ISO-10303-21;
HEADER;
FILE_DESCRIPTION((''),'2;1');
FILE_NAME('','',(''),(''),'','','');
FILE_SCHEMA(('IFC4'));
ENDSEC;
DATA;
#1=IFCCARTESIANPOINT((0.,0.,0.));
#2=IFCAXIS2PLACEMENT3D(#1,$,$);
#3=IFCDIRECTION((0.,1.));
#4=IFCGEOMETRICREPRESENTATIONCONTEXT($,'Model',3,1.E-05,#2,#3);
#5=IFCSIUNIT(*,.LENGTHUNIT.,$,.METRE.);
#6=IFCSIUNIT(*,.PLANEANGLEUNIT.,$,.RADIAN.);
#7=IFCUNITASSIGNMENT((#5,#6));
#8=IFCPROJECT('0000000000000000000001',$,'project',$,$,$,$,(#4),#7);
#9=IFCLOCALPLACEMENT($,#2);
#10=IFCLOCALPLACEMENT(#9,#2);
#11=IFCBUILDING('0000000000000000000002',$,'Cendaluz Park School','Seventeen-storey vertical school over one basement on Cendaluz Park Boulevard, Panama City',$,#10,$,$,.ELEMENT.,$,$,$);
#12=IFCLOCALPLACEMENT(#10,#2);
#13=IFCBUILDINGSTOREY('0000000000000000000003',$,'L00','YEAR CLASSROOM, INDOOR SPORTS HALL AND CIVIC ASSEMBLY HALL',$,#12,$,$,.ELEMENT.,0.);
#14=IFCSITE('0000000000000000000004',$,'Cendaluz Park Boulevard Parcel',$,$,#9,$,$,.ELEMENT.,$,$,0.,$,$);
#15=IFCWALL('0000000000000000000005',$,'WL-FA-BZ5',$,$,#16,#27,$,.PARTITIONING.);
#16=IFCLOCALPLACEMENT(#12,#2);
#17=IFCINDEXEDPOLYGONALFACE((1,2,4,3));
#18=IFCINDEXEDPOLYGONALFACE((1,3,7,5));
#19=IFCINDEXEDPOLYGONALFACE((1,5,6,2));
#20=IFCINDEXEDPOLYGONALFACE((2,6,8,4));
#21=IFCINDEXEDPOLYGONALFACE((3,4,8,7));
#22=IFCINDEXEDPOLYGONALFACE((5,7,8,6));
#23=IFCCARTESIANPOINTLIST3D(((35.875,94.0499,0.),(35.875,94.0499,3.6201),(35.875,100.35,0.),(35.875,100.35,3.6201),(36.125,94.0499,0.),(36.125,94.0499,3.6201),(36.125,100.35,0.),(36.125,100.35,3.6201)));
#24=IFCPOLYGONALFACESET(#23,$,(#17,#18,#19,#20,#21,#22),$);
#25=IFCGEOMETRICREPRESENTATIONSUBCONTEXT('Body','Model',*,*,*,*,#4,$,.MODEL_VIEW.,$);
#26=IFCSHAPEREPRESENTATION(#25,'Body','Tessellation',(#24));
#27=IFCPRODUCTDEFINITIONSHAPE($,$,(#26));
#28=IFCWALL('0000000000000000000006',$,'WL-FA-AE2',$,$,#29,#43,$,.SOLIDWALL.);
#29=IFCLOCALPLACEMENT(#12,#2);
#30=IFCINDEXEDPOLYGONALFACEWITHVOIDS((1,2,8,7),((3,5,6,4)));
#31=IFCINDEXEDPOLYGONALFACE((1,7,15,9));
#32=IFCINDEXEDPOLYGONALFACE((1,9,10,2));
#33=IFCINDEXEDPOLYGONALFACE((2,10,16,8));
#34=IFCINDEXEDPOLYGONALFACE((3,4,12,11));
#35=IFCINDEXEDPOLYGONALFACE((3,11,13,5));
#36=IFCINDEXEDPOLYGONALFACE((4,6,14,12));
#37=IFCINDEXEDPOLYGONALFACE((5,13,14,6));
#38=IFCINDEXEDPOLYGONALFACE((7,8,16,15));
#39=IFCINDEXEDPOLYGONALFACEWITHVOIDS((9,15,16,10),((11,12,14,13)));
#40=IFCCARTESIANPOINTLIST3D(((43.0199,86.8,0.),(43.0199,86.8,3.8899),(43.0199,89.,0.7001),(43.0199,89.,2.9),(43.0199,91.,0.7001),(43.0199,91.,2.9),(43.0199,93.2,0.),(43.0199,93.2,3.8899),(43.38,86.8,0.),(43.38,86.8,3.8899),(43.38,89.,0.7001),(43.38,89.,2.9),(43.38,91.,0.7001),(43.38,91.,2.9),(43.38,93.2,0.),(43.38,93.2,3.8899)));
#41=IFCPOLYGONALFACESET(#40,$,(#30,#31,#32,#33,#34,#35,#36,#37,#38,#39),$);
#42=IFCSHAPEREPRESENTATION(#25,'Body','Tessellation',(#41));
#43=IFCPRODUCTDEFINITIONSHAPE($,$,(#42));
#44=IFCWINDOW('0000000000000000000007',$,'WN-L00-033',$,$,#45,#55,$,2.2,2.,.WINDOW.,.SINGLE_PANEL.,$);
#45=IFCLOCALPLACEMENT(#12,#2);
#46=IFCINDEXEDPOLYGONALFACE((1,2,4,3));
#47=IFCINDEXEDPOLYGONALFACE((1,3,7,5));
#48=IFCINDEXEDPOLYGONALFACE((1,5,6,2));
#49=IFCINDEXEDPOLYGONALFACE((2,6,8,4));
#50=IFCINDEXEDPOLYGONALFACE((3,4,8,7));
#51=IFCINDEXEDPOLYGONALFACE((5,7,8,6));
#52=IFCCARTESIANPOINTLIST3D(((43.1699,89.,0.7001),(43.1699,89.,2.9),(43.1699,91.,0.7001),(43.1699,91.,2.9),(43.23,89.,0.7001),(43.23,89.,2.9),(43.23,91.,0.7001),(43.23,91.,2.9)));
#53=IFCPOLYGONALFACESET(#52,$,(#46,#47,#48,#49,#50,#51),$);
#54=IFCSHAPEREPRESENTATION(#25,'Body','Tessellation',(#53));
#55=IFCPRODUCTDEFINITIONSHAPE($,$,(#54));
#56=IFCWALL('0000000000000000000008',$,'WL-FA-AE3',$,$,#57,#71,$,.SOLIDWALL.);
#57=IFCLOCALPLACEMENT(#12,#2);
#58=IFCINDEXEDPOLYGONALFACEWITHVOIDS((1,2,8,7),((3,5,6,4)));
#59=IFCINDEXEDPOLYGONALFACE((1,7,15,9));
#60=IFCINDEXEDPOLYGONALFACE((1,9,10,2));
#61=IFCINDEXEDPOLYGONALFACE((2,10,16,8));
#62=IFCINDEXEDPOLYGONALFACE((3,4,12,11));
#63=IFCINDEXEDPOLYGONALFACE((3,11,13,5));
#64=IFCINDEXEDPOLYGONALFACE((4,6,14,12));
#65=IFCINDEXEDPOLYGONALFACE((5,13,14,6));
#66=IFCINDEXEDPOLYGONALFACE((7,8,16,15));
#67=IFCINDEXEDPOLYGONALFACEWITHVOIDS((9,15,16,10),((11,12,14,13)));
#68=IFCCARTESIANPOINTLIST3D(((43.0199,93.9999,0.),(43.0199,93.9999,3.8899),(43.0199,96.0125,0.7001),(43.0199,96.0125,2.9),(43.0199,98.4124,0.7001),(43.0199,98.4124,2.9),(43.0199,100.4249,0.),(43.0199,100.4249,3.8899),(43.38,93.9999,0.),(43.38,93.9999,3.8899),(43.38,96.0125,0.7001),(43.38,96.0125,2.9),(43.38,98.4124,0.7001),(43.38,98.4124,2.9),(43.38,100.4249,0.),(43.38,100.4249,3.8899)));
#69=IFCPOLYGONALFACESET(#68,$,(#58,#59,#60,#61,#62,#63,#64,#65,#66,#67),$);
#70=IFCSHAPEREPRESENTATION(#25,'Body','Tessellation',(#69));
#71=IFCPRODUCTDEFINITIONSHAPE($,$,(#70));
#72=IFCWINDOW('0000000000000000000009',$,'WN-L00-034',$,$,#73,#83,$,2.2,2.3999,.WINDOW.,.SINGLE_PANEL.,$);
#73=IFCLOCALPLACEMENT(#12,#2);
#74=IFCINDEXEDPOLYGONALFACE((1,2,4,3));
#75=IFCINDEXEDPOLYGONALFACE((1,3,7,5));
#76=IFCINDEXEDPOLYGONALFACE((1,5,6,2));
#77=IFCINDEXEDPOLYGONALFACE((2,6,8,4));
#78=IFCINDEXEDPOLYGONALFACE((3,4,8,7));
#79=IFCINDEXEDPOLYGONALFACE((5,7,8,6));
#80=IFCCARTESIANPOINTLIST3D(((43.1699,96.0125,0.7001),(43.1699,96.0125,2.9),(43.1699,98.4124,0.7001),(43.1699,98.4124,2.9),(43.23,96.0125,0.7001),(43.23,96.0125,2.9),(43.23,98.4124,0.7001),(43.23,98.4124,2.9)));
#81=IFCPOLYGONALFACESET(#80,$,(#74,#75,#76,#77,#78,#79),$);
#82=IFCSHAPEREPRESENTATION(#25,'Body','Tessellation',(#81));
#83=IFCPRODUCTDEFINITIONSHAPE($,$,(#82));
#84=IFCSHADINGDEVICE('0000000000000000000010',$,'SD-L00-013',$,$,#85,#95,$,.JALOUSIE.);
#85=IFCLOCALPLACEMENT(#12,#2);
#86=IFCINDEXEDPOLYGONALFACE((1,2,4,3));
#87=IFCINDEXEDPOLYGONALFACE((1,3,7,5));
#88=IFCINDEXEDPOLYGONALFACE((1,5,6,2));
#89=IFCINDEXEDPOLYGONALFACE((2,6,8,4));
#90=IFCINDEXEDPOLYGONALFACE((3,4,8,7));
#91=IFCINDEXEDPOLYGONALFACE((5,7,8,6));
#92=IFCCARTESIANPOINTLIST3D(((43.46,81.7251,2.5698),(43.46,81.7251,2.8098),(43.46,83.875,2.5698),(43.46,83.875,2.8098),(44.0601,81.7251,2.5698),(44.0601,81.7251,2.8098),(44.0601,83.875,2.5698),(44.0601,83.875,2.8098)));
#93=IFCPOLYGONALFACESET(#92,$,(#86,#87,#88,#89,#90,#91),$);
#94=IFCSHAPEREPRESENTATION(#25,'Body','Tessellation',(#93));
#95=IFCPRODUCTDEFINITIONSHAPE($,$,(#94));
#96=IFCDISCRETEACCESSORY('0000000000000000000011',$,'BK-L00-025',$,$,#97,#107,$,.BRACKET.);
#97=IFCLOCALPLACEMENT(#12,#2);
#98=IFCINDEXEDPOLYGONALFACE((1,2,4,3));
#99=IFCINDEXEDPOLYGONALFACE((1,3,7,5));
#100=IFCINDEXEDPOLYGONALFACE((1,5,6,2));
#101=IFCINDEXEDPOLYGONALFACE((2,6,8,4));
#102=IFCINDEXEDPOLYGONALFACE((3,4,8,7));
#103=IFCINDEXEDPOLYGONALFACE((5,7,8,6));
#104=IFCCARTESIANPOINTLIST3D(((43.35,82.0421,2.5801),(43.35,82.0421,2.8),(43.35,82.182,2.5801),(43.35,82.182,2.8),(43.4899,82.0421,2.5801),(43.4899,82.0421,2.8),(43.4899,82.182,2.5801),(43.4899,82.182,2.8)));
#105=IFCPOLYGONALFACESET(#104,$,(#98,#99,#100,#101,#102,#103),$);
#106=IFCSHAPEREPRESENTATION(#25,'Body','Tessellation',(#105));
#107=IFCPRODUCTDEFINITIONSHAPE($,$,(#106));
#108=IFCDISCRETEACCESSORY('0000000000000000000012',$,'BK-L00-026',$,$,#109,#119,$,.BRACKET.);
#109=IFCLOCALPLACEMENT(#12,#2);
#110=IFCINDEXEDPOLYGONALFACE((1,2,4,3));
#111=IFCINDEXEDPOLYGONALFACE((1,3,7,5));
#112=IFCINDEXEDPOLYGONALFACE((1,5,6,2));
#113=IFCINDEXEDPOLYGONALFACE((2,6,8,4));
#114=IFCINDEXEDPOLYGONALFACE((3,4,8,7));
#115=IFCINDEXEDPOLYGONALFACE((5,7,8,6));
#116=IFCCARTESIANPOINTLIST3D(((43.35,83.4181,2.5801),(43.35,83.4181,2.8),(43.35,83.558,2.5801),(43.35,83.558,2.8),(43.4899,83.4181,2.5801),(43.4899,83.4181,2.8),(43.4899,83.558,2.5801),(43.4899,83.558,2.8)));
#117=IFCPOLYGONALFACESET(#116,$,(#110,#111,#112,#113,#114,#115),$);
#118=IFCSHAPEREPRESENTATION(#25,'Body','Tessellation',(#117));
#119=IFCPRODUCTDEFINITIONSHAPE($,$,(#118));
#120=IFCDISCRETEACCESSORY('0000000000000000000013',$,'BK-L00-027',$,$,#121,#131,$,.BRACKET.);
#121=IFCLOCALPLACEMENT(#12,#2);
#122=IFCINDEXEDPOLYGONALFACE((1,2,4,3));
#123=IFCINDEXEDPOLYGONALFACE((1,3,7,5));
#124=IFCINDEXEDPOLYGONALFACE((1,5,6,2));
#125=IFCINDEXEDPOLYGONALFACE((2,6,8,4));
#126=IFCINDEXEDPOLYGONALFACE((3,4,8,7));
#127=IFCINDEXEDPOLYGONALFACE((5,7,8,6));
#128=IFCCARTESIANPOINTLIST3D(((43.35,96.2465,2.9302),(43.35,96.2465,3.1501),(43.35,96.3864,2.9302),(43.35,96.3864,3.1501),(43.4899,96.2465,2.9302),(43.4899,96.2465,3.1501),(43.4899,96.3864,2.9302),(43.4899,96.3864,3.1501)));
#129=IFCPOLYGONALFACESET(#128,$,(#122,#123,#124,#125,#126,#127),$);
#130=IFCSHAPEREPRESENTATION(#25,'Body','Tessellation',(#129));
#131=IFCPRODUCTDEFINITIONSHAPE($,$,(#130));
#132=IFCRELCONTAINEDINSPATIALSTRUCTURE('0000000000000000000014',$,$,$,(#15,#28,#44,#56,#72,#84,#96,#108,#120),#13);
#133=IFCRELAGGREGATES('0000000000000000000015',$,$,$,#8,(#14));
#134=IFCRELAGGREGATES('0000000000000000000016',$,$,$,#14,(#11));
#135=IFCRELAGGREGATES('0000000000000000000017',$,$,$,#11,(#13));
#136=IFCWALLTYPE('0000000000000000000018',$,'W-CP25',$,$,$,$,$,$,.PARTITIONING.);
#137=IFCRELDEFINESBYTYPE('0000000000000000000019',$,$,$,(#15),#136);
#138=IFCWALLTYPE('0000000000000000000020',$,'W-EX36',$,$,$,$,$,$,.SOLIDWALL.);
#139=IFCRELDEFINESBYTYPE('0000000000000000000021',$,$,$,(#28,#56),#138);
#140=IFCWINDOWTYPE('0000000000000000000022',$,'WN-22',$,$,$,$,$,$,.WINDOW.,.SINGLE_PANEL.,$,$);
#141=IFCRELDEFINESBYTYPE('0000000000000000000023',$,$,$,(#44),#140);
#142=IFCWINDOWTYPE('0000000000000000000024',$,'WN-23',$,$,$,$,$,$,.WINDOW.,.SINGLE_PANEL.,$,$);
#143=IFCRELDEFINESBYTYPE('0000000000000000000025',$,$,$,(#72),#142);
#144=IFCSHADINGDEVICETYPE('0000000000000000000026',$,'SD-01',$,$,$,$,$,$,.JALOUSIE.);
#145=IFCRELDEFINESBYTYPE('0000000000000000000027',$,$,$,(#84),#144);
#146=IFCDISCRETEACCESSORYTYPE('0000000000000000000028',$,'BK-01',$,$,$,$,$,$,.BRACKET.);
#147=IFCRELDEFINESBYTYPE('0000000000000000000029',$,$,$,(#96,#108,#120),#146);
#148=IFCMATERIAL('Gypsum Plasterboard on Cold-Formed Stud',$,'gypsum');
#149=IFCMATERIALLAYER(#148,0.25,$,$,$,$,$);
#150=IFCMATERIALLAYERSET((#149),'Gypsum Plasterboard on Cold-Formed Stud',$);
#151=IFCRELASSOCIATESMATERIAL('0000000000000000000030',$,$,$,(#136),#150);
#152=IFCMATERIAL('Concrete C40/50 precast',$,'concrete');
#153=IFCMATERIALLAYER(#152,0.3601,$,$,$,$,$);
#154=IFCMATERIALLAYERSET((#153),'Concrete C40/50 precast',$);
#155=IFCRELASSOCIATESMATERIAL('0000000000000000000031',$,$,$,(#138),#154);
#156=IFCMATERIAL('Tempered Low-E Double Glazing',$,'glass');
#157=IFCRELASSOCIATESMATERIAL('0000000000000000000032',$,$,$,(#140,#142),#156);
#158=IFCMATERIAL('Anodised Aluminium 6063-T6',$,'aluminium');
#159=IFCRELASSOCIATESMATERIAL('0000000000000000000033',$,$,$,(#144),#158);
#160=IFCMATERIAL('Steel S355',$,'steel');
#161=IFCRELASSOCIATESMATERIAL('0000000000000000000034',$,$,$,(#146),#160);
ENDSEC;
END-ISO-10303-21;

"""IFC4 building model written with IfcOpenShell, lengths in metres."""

from ifc_helpers import new_model, si_unit, direction, frame, frame_2d, origin, origin_2d, place, context, subcontext, project, spatial, rectangle, extrude, material, layer, layer_set, type_object, element, fill, save


model = new_model("IFC4")

# Units and contexts
model_context = context("Model", 3, precision=1e-05, world=origin(), true_north=direction((0.0, 1.0)))
body_context = subcontext(model_context, "Body", "Model", "MODEL_VIEW")
ifc_project = project(units=[si_unit("LENGTHUNIT", "METRE"), si_unit("PLANEANGLEUNIT", "RADIAN")], contexts=[model_context])

# Site, building, storey
site_placement = place(None, origin())
site = spatial("IfcSite", under=ifc_project, at=site_placement, Name="Cendaluz Park Boulevard Parcel", CompositionType="ELEMENT", RefElevation=0.0)
building_placement = place(site_placement, origin())
building = spatial("IfcBuilding", under=site, at=building_placement, Name="Cendaluz Park School", Description="Seventeen-storey vertical school over one basement on Cendaluz Park Boulevard, Panama City", CompositionType="ELEMENT")
storey_placement = place(building_placement, origin())
storey = spatial("IfcBuildingStorey", under=building, at=storey_placement, Name="L00", Description="YEAR CLASSROOM, INDOOR SPORTS HALL AND CIVIC ASSEMBLY HALL", CompositionType="ELEMENT", Elevation=0.0)

# Wall
ifc_material_1 = material(Name="Gypsum Plasterboard on Cold-Formed Stud", Category="gypsum")
ifc_layer_1 = layer(ifc_material_1, 0.25)
ifc_layer_set_1 = layer_set([ifc_layer_1], Name="Gypsum Plasterboard on Cold-Formed Stud")
wall_type_1 = type_object("IfcWallType", Name="W-CP25", PredefinedType="PARTITIONING", material=ifc_layer_set_1)
wall_1_placement = place(storey_placement, frame((36.0, 94.05, 0.0), z_axis=(0.0, 0.0, 1.0), x_axis=(0.0, 1.0, 0.0)))
element("IfcWall", 1, at=wall_1_placement, inside=storey, type_object=wall_type_1, Name="WL-FA-BZ5", PredefinedType="PARTITIONING", context=body_context, shape_type="SweptSolid", body=[
    extrude(rectangle(XDim=6.3, YDim=0.25, at=frame_2d((3.1499, 0.0))), origin(), (0.0, 0.0, 1.0), 3.6201),
])

# Walls, openings, windows
ifc_material_2 = material(Name="Concrete C40/50 precast", Category="concrete")
ifc_layer_2 = layer(ifc_material_2, 0.3601)
ifc_layer_set_2 = layer_set([ifc_layer_2], Name="Concrete C40/50 precast")
wall_type_2 = type_object("IfcWallType", Name="W-EX36", PredefinedType="SOLIDWALL", material=ifc_layer_set_2)
wall_2_placement = place(storey_placement, frame((43.2, 86.8, 0.0), z_axis=(0.0, 0.0, 1.0), x_axis=(0.0, 1.0, 0.0)))
wall_2 = element("IfcWall", 2, at=wall_2_placement, inside=storey, type_object=wall_type_2, Name="WL-FA-AE2", PredefinedType="SOLIDWALL", context=body_context, shape_type="SweptSolid", body=[
    extrude(rectangle(XDim=6.3999, YDim=0.3601, at=frame_2d((3.2, 0.0))), origin(), (0.0, 0.0, 1.0), 3.8899),
])
opening_1_placement = place(wall_2_placement, frame((2.2, 0.0, 0.7)))
opening_1 = element("IfcOpeningElement", 3, at=opening_1_placement, cuts=wall_2, PredefinedType="OPENING", context=body_context, shape_type="SweptSolid", body=[
    extrude(rectangle(XDim=2.0, YDim=2.2, at=frame_2d((1.0, 1.1001))), frame((0.0, 0.1921, 0.0), z_axis=(0.0, -1.0, 0.0), x_axis=(1.0, 0.0, 0.0)), (0.0, 0.0, 1.0), 0.384),
])
ifc_material_3 = material(Name="Tempered Low-E Double Glazing", Category="glass")
window_type_1 = type_object("IfcWindowType", Name="WN-22", PartitioningType="SINGLE_PANEL", PredefinedType="WINDOW", material=ifc_material_3)
window_1_placement = place(opening_1_placement, origin())
window_1 = element("IfcWindow", 4, at=window_1_placement, inside=storey, type_object=window_type_1, Name="WN-L00-033", OverallHeight=2.2, OverallWidth=2.0, PartitioningType="SINGLE_PANEL", PredefinedType="WINDOW", context=body_context, shape_type="SweptSolid", body=[
    extrude(rectangle(XDim=2.0, YDim=2.2, at=frame_2d((1.0, 1.1001))), frame((0.0, 0.03, 0.0), z_axis=(0.0, -1.0, 0.0), x_axis=(1.0, 0.0, 0.0)), (0.0, 0.0, 1.0), 0.0601),
])
fill(opening_1, window_1)
wall_3_placement = place(storey_placement, frame((43.2, 94.0, 0.0), z_axis=(0.0, 0.0, 1.0), x_axis=(0.0, 1.0, 0.0)))
wall_3 = element("IfcWall", 5, at=wall_3_placement, inside=storey, type_object=wall_type_2, Name="WL-FA-AE3", PredefinedType="SOLIDWALL", context=body_context, shape_type="SweptSolid", body=[
    extrude(rectangle(XDim=6.425, YDim=0.3601, at=frame_2d((3.2124, 0.0))), origin(), (0.0, 0.0, 1.0), 3.8899),
])
opening_2_placement = place(wall_3_placement, frame((2.0125, 0.0, 0.7)))
opening_2 = element("IfcOpeningElement", 6, at=opening_2_placement, cuts=wall_3, PredefinedType="OPENING", context=body_context, shape_type="SweptSolid", body=[
    extrude(rectangle(XDim=2.3999, YDim=2.2, at=frame_2d((1.2, 1.1001))), frame((0.0, 0.1921, 0.0), z_axis=(0.0, -1.0, 0.0), x_axis=(1.0, 0.0, 0.0)), (0.0, 0.0, 1.0), 0.384),
])
window_type_2 = type_object("IfcWindowType", Name="WN-23", PartitioningType="SINGLE_PANEL", PredefinedType="WINDOW", material=ifc_material_3)
window_2_placement = place(opening_2_placement, origin())
window_2 = element("IfcWindow", 7, at=window_2_placement, inside=storey, type_object=window_type_2, Name="WN-L00-034", OverallHeight=2.2, OverallWidth=2.3999, PartitioningType="SINGLE_PANEL", PredefinedType="WINDOW", context=body_context, shape_type="SweptSolid", body=[
    extrude(rectangle(XDim=2.3999, YDim=2.2, at=frame_2d((1.2, 1.1001))), frame((0.0, 0.03, 0.0), z_axis=(0.0, -1.0, 0.0), x_axis=(1.0, 0.0, 0.0)), (0.0, 0.0, 1.0), 0.0601),
])
fill(opening_2, window_2)

# Shading device
ifc_material_4 = material(Name="Anodised Aluminium 6063-T6", Category="aluminium")
shading_device_type = type_object("IfcShadingDeviceType", Name="SD-01", PredefinedType="JALOUSIE", material=ifc_material_4)
shading_device_placement = place(storey_placement, frame((43.76, 82.8, 2.5698), z_axis=(0.0, 0.0, 1.0), x_axis=(0.0, 1.0, 0.0)))
element("IfcShadingDevice", 8, at=shading_device_placement, inside=storey, type_object=shading_device_type, Name="SD-L00-013", PredefinedType="JALOUSIE", context=body_context, shape_type="SweptSolid", body=[
    extrude(rectangle(XDim=2.1499, YDim=0.6001, at=origin_2d()), origin(), (0.0, 0.0, 1.0), 0.24),
])

# Discrete accessories
ifc_material_5 = material(Name="Steel S355", Category="steel")
discrete_accessory_type = type_object("IfcDiscreteAccessoryType", Name="BK-01", PredefinedType="BRACKET", material=ifc_material_5)
for number, where, z_axis, x_axis, name in (
    (9, (43.4199, 82.1121, 2.5801), (0.0, 0.0, 1.0), (0.0, 1.0, 0.0), "BK-L00-025"),
    (10, (43.4199, 83.488, 2.5801), (0.0, 0.0, 1.0), (0.0, 1.0, 0.0), "BK-L00-026"),
    (11, (43.4199, 96.3164, 2.9302), (0.0, 0.0, 1.0), (0.0, 1.0, 0.0), "BK-L00-027"),
):
    element("IfcDiscreteAccessory", number, at=place(storey_placement, frame(where, z_axis=z_axis, x_axis=x_axis)), inside=storey, type_object=discrete_accessory_type, Name=name, PredefinedType="BRACKET", context=body_context, shape_type="SweptSolid", body=[
        extrude(rectangle(XDim=0.1399, YDim=0.1399, at=origin_2d()), origin(), (0.0, 0.0, 1.0), 0.22),
    ])

save(model, "model.ifc")
